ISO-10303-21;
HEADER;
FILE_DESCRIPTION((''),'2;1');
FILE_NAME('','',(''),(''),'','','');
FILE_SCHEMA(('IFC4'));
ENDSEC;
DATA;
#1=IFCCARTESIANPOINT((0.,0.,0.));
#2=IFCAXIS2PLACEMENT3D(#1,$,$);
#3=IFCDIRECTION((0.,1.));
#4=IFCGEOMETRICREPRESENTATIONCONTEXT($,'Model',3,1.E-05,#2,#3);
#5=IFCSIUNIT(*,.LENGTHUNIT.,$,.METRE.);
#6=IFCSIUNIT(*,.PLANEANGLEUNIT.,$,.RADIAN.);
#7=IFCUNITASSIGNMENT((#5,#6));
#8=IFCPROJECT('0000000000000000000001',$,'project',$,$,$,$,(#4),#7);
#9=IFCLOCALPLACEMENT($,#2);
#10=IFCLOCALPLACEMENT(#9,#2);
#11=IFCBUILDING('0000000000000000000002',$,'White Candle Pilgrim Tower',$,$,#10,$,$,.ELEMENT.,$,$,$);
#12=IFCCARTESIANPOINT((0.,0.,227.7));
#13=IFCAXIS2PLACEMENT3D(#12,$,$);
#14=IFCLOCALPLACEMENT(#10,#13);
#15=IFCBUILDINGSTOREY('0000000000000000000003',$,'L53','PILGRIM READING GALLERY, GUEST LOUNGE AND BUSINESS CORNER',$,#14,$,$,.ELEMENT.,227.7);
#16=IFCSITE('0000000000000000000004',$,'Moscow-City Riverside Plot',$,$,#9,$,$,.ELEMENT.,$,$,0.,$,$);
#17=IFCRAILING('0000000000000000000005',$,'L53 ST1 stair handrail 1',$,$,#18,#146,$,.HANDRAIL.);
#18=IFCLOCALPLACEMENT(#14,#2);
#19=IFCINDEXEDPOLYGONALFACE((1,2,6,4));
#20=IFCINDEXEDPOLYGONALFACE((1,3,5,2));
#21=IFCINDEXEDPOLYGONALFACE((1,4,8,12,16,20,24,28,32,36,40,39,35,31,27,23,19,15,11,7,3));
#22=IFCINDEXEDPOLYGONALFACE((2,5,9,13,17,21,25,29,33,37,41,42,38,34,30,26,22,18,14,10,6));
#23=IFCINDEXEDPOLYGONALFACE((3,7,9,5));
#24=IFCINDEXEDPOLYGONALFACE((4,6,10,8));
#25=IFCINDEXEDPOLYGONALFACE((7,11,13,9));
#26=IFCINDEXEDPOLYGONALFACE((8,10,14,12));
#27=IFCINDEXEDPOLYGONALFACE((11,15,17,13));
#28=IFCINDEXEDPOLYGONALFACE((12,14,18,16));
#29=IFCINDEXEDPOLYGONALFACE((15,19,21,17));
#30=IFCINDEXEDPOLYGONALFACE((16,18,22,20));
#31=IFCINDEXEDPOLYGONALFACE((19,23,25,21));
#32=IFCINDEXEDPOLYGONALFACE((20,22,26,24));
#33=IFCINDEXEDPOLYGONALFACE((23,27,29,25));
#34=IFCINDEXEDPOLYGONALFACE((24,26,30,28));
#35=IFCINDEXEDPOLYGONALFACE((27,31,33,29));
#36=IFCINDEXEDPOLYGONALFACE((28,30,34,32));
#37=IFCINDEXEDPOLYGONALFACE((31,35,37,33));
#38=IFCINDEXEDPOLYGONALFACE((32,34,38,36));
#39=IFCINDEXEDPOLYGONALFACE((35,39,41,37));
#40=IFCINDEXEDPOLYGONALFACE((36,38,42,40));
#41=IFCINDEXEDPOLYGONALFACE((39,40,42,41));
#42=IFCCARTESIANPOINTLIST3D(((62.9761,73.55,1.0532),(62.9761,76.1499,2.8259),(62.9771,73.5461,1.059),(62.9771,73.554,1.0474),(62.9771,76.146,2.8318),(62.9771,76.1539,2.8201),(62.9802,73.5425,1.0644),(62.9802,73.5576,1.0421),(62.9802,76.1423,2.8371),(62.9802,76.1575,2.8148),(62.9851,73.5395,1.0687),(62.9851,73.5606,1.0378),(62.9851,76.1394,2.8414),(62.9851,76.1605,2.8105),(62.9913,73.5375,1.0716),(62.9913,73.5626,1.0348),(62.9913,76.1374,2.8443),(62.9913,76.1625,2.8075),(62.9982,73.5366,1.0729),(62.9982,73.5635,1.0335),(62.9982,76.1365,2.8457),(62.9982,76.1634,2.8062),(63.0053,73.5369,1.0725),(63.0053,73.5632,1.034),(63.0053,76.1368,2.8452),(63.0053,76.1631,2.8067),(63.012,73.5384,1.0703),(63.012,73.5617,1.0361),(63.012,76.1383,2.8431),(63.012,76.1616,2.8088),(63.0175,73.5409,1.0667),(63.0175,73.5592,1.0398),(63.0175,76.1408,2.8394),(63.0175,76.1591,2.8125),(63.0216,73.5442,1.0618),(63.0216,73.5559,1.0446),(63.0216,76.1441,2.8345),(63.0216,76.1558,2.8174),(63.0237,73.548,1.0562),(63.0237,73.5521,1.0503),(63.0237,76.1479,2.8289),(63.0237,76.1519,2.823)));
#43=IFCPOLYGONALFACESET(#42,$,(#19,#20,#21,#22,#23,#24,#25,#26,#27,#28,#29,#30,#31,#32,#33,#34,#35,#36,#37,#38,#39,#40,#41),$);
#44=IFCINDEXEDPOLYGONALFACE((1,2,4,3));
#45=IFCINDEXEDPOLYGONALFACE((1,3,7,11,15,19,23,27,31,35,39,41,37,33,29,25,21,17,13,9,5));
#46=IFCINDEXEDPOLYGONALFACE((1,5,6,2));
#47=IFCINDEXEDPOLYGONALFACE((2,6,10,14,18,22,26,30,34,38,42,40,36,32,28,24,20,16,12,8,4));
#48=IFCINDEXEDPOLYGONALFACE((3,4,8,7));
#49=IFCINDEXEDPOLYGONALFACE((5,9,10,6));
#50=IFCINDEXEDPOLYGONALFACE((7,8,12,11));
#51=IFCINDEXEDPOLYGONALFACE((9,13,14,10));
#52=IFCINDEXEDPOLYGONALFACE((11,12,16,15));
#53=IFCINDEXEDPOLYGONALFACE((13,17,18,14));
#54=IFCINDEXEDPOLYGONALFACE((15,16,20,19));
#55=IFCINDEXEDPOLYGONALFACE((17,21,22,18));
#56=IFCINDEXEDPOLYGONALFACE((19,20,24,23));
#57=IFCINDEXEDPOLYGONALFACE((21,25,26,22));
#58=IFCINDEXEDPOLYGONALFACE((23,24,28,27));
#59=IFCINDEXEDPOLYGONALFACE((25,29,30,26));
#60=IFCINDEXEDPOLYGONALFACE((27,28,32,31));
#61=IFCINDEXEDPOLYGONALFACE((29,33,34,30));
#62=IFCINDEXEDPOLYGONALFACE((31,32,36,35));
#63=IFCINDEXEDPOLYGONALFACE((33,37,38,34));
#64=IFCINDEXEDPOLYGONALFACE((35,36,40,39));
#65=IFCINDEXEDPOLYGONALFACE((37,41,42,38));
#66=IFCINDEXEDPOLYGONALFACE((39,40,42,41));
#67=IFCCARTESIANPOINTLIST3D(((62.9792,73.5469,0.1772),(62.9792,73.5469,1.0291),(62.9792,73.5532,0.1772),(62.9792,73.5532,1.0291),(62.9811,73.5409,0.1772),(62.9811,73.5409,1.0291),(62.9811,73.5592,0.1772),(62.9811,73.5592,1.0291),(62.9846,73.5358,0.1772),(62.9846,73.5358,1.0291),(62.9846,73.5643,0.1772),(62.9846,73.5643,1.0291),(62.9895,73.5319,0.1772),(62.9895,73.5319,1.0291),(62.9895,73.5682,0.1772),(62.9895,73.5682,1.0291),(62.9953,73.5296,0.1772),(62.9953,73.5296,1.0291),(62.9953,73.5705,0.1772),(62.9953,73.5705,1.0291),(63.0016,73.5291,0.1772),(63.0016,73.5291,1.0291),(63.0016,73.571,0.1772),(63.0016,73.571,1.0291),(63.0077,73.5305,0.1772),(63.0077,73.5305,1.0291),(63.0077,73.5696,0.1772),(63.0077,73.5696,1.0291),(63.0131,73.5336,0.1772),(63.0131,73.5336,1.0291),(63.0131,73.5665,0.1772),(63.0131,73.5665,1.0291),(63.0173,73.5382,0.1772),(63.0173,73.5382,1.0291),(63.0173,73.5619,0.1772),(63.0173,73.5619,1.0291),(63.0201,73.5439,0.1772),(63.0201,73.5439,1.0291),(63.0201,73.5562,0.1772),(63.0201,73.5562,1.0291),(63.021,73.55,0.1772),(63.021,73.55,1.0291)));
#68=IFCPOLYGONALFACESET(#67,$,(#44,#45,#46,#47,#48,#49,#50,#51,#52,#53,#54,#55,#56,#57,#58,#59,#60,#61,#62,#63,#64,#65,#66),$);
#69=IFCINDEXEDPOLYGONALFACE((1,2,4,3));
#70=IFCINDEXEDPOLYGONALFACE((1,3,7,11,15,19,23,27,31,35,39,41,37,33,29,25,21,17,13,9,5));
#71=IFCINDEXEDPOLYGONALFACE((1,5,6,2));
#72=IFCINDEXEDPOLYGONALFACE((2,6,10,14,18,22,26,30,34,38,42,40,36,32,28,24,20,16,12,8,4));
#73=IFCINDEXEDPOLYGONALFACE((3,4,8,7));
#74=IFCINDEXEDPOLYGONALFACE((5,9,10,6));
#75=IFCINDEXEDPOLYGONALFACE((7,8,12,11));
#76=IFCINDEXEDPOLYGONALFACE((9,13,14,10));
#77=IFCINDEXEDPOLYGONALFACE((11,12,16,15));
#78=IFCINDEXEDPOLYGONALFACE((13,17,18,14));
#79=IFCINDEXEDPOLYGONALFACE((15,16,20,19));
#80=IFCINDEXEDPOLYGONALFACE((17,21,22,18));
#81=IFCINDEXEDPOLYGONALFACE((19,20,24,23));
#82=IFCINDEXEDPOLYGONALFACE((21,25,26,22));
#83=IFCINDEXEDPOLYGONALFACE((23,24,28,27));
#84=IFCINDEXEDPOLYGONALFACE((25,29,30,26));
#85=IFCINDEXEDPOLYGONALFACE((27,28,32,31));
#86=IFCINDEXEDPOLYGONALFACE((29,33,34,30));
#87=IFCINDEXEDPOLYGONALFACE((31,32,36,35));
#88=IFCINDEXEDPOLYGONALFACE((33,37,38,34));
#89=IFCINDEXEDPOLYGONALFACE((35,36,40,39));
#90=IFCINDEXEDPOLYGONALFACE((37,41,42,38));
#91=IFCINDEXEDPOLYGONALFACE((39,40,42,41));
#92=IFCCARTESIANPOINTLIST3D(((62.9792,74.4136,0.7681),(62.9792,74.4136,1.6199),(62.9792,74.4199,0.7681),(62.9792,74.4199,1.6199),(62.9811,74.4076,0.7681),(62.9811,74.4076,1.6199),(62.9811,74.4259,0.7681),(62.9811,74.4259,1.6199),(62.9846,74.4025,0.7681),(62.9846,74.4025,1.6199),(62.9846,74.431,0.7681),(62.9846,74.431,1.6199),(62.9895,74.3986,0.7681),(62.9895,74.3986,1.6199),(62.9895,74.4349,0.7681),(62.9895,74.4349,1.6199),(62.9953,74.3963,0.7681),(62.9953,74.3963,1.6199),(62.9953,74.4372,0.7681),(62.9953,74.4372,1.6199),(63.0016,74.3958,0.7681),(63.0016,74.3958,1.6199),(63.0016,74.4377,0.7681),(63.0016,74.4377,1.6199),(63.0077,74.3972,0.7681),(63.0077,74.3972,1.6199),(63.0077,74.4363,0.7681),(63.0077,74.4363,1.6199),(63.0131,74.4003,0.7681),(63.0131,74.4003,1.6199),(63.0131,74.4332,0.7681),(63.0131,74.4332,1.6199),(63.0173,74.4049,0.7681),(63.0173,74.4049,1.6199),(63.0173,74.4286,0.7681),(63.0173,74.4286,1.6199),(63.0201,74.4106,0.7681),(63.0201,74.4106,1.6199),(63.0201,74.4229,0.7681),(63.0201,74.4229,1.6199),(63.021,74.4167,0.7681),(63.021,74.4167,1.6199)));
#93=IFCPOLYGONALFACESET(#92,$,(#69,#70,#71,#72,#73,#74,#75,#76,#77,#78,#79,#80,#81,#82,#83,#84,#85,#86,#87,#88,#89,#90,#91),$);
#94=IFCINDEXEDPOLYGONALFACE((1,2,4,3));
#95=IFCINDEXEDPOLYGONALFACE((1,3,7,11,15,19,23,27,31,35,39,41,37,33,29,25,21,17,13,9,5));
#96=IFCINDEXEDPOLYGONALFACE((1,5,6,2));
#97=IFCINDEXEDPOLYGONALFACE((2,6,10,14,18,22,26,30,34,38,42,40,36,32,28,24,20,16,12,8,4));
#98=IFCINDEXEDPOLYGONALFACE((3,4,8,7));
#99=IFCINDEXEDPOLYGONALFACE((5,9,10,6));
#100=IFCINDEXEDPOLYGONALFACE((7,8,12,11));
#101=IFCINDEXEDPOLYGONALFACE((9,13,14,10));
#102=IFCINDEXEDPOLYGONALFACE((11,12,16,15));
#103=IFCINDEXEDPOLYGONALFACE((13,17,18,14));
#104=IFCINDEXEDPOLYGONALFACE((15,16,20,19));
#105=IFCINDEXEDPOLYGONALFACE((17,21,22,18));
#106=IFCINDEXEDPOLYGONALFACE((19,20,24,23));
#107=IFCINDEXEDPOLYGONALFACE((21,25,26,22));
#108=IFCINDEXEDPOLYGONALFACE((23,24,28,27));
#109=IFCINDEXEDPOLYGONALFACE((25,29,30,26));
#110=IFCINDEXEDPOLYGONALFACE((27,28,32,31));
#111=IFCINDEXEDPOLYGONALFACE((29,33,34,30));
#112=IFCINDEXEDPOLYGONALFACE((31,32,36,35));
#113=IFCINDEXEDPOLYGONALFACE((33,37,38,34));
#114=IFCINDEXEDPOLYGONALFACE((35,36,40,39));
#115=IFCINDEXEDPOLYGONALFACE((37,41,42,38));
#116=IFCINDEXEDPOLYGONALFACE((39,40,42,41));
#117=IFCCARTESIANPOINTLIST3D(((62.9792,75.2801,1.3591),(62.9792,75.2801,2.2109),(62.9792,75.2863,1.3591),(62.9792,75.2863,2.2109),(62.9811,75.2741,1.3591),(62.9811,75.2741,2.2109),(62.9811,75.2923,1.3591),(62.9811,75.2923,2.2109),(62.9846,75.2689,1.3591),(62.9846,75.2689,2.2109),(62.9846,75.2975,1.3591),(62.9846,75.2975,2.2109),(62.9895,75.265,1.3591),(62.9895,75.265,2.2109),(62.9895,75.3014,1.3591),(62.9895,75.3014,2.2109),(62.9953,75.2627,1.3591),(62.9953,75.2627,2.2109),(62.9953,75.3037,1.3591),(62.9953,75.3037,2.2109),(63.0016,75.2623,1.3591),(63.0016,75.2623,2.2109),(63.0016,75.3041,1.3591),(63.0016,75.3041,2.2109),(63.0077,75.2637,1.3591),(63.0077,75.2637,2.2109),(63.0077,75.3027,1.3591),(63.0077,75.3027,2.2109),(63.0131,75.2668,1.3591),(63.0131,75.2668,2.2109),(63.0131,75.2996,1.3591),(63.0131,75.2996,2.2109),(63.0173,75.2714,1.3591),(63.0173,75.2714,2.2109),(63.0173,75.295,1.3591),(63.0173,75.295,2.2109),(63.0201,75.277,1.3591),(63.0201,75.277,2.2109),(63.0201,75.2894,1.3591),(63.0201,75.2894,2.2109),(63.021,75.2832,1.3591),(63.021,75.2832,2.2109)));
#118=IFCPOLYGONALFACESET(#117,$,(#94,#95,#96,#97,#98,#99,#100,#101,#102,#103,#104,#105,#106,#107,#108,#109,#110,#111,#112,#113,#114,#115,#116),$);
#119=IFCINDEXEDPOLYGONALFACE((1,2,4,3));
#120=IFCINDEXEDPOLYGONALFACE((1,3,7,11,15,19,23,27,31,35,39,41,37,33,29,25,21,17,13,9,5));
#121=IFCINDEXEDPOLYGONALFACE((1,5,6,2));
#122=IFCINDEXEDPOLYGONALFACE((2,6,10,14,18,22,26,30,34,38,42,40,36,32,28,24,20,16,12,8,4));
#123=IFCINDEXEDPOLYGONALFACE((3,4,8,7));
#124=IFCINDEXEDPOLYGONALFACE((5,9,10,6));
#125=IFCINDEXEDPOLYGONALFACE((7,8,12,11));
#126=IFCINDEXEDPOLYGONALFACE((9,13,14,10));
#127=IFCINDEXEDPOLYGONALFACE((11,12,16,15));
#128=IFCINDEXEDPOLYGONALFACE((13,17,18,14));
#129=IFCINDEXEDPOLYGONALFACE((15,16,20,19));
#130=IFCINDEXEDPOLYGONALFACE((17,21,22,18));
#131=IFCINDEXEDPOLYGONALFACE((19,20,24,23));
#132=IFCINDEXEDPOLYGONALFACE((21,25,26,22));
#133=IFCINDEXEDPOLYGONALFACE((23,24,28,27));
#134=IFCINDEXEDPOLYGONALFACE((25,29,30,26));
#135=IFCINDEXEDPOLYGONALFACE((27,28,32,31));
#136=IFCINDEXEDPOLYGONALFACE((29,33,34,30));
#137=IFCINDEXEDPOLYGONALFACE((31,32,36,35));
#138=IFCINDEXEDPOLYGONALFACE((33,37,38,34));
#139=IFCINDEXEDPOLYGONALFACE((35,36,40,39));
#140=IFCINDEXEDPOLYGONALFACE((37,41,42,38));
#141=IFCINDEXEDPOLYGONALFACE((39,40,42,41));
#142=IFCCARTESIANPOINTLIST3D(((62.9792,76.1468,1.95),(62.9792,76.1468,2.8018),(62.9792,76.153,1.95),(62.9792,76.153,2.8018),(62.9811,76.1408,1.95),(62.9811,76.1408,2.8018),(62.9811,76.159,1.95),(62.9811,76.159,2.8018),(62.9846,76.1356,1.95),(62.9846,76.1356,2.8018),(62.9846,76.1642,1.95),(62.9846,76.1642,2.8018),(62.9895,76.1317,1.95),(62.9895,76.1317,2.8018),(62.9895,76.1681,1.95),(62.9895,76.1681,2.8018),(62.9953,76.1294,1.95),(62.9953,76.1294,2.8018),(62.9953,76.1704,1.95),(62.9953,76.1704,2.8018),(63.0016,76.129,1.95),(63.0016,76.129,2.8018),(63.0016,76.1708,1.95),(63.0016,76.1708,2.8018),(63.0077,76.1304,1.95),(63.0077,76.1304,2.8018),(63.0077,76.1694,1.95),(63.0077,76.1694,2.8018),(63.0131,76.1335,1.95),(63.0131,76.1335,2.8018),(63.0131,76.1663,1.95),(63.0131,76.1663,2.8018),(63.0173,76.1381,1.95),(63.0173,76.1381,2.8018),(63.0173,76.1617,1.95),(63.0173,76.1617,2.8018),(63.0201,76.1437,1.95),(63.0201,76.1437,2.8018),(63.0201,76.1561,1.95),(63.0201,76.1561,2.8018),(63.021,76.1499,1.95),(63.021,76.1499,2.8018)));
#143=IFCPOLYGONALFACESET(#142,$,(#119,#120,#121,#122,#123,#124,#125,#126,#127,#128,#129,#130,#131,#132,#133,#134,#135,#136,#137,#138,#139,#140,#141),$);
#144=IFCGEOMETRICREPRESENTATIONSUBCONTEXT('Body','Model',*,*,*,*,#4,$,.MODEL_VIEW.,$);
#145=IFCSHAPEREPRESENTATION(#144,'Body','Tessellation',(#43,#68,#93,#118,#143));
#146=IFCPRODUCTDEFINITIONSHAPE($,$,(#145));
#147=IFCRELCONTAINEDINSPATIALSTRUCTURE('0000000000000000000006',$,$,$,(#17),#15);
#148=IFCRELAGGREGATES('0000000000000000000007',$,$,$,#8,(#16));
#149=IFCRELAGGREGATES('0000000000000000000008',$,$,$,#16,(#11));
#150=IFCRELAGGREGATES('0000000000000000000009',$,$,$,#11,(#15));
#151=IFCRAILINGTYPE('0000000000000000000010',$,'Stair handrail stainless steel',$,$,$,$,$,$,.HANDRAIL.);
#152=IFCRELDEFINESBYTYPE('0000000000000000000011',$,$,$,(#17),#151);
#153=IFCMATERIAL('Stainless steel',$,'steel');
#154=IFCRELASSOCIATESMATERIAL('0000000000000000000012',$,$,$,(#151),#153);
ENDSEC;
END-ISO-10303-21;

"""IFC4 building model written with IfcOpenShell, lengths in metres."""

from ifc_helpers import new_model, si_unit, direction, frame, origin, origin_2d, place, context, subcontext, project, spatial, circle, extrude, material, type_object, element, save


model = new_model("IFC4")

# Units and contexts
model_context = context("Model", 3, precision=1e-05, world=origin(), true_north=direction((0.0, 1.0)))
body_context = subcontext(model_context, "Body", "Model", "MODEL_VIEW")
ifc_project = project(units=[si_unit("LENGTHUNIT", "METRE"), si_unit("PLANEANGLEUNIT", "RADIAN")], contexts=[model_context])

# Site, building, storey
site_placement = place(None, origin())
site = spatial("IfcSite", under=ifc_project, at=site_placement, Name="Moscow-City Riverside Plot", CompositionType="ELEMENT", RefElevation=0.0)
building_placement = place(site_placement, origin())
building = spatial("IfcBuilding", under=site, at=building_placement, Name="White Candle Pilgrim Tower", CompositionType="ELEMENT")
storey_placement = place(building_placement, frame((0.0, 0.0, 227.7)))
storey = spatial("IfcBuildingStorey", under=building, at=storey_placement, Name="L53", Description="PILGRIM READING GALLERY, GUEST LOUNGE AND BUSINESS CORNER", CompositionType="ELEMENT", Elevation=227.7)

# Railing
ifc_material_1 = material(Name="Stainless steel", Category="steel")
railing_type_1 = type_object("IfcRailingType", Name="Stair handrail stainless steel", PredefinedType="HANDRAIL", material=ifc_material_1)
railing_1_placement = place(storey_placement, frame((63.0, 73.55, 0.1772)))
element("IfcRailing", 1, at=railing_1_placement, inside=storey, type_object=railing_type_1, Name="L53 ST1 stair handrail 1", PredefinedType="HANDRAIL", context=body_context, shape_type="SweptSolid", body=[
    extrude(circle(Radius=0.0239, at=origin_2d()), frame((0.0, 0.0, 0.876), z_axis=(0.0, 0.826216, 0.563354), x_axis=(-1.0, 0.0, 0.0)), (0.0, 0.0, 1.0), 3.1467),
    extrude(circle(Radius=0.021, at=origin_2d()), origin(), (0.0, 0.0, 1.0), 0.8518),
    extrude(circle(Radius=0.021, at=origin_2d()), frame((0.0, 0.8667, 0.5908)), (0.0, 0.0, 1.0), 0.8518),
    extrude(circle(Radius=0.021, at=origin_2d()), frame((0.0, 1.7332, 1.1819)), (0.0, 0.0, 1.0), 0.8518),
    extrude(circle(Radius=0.021, at=origin_2d()), frame((0.0, 2.5999, 1.7727)), (0.0, 0.0, 1.0), 0.8518),
])

save(model, "model.ifc")
